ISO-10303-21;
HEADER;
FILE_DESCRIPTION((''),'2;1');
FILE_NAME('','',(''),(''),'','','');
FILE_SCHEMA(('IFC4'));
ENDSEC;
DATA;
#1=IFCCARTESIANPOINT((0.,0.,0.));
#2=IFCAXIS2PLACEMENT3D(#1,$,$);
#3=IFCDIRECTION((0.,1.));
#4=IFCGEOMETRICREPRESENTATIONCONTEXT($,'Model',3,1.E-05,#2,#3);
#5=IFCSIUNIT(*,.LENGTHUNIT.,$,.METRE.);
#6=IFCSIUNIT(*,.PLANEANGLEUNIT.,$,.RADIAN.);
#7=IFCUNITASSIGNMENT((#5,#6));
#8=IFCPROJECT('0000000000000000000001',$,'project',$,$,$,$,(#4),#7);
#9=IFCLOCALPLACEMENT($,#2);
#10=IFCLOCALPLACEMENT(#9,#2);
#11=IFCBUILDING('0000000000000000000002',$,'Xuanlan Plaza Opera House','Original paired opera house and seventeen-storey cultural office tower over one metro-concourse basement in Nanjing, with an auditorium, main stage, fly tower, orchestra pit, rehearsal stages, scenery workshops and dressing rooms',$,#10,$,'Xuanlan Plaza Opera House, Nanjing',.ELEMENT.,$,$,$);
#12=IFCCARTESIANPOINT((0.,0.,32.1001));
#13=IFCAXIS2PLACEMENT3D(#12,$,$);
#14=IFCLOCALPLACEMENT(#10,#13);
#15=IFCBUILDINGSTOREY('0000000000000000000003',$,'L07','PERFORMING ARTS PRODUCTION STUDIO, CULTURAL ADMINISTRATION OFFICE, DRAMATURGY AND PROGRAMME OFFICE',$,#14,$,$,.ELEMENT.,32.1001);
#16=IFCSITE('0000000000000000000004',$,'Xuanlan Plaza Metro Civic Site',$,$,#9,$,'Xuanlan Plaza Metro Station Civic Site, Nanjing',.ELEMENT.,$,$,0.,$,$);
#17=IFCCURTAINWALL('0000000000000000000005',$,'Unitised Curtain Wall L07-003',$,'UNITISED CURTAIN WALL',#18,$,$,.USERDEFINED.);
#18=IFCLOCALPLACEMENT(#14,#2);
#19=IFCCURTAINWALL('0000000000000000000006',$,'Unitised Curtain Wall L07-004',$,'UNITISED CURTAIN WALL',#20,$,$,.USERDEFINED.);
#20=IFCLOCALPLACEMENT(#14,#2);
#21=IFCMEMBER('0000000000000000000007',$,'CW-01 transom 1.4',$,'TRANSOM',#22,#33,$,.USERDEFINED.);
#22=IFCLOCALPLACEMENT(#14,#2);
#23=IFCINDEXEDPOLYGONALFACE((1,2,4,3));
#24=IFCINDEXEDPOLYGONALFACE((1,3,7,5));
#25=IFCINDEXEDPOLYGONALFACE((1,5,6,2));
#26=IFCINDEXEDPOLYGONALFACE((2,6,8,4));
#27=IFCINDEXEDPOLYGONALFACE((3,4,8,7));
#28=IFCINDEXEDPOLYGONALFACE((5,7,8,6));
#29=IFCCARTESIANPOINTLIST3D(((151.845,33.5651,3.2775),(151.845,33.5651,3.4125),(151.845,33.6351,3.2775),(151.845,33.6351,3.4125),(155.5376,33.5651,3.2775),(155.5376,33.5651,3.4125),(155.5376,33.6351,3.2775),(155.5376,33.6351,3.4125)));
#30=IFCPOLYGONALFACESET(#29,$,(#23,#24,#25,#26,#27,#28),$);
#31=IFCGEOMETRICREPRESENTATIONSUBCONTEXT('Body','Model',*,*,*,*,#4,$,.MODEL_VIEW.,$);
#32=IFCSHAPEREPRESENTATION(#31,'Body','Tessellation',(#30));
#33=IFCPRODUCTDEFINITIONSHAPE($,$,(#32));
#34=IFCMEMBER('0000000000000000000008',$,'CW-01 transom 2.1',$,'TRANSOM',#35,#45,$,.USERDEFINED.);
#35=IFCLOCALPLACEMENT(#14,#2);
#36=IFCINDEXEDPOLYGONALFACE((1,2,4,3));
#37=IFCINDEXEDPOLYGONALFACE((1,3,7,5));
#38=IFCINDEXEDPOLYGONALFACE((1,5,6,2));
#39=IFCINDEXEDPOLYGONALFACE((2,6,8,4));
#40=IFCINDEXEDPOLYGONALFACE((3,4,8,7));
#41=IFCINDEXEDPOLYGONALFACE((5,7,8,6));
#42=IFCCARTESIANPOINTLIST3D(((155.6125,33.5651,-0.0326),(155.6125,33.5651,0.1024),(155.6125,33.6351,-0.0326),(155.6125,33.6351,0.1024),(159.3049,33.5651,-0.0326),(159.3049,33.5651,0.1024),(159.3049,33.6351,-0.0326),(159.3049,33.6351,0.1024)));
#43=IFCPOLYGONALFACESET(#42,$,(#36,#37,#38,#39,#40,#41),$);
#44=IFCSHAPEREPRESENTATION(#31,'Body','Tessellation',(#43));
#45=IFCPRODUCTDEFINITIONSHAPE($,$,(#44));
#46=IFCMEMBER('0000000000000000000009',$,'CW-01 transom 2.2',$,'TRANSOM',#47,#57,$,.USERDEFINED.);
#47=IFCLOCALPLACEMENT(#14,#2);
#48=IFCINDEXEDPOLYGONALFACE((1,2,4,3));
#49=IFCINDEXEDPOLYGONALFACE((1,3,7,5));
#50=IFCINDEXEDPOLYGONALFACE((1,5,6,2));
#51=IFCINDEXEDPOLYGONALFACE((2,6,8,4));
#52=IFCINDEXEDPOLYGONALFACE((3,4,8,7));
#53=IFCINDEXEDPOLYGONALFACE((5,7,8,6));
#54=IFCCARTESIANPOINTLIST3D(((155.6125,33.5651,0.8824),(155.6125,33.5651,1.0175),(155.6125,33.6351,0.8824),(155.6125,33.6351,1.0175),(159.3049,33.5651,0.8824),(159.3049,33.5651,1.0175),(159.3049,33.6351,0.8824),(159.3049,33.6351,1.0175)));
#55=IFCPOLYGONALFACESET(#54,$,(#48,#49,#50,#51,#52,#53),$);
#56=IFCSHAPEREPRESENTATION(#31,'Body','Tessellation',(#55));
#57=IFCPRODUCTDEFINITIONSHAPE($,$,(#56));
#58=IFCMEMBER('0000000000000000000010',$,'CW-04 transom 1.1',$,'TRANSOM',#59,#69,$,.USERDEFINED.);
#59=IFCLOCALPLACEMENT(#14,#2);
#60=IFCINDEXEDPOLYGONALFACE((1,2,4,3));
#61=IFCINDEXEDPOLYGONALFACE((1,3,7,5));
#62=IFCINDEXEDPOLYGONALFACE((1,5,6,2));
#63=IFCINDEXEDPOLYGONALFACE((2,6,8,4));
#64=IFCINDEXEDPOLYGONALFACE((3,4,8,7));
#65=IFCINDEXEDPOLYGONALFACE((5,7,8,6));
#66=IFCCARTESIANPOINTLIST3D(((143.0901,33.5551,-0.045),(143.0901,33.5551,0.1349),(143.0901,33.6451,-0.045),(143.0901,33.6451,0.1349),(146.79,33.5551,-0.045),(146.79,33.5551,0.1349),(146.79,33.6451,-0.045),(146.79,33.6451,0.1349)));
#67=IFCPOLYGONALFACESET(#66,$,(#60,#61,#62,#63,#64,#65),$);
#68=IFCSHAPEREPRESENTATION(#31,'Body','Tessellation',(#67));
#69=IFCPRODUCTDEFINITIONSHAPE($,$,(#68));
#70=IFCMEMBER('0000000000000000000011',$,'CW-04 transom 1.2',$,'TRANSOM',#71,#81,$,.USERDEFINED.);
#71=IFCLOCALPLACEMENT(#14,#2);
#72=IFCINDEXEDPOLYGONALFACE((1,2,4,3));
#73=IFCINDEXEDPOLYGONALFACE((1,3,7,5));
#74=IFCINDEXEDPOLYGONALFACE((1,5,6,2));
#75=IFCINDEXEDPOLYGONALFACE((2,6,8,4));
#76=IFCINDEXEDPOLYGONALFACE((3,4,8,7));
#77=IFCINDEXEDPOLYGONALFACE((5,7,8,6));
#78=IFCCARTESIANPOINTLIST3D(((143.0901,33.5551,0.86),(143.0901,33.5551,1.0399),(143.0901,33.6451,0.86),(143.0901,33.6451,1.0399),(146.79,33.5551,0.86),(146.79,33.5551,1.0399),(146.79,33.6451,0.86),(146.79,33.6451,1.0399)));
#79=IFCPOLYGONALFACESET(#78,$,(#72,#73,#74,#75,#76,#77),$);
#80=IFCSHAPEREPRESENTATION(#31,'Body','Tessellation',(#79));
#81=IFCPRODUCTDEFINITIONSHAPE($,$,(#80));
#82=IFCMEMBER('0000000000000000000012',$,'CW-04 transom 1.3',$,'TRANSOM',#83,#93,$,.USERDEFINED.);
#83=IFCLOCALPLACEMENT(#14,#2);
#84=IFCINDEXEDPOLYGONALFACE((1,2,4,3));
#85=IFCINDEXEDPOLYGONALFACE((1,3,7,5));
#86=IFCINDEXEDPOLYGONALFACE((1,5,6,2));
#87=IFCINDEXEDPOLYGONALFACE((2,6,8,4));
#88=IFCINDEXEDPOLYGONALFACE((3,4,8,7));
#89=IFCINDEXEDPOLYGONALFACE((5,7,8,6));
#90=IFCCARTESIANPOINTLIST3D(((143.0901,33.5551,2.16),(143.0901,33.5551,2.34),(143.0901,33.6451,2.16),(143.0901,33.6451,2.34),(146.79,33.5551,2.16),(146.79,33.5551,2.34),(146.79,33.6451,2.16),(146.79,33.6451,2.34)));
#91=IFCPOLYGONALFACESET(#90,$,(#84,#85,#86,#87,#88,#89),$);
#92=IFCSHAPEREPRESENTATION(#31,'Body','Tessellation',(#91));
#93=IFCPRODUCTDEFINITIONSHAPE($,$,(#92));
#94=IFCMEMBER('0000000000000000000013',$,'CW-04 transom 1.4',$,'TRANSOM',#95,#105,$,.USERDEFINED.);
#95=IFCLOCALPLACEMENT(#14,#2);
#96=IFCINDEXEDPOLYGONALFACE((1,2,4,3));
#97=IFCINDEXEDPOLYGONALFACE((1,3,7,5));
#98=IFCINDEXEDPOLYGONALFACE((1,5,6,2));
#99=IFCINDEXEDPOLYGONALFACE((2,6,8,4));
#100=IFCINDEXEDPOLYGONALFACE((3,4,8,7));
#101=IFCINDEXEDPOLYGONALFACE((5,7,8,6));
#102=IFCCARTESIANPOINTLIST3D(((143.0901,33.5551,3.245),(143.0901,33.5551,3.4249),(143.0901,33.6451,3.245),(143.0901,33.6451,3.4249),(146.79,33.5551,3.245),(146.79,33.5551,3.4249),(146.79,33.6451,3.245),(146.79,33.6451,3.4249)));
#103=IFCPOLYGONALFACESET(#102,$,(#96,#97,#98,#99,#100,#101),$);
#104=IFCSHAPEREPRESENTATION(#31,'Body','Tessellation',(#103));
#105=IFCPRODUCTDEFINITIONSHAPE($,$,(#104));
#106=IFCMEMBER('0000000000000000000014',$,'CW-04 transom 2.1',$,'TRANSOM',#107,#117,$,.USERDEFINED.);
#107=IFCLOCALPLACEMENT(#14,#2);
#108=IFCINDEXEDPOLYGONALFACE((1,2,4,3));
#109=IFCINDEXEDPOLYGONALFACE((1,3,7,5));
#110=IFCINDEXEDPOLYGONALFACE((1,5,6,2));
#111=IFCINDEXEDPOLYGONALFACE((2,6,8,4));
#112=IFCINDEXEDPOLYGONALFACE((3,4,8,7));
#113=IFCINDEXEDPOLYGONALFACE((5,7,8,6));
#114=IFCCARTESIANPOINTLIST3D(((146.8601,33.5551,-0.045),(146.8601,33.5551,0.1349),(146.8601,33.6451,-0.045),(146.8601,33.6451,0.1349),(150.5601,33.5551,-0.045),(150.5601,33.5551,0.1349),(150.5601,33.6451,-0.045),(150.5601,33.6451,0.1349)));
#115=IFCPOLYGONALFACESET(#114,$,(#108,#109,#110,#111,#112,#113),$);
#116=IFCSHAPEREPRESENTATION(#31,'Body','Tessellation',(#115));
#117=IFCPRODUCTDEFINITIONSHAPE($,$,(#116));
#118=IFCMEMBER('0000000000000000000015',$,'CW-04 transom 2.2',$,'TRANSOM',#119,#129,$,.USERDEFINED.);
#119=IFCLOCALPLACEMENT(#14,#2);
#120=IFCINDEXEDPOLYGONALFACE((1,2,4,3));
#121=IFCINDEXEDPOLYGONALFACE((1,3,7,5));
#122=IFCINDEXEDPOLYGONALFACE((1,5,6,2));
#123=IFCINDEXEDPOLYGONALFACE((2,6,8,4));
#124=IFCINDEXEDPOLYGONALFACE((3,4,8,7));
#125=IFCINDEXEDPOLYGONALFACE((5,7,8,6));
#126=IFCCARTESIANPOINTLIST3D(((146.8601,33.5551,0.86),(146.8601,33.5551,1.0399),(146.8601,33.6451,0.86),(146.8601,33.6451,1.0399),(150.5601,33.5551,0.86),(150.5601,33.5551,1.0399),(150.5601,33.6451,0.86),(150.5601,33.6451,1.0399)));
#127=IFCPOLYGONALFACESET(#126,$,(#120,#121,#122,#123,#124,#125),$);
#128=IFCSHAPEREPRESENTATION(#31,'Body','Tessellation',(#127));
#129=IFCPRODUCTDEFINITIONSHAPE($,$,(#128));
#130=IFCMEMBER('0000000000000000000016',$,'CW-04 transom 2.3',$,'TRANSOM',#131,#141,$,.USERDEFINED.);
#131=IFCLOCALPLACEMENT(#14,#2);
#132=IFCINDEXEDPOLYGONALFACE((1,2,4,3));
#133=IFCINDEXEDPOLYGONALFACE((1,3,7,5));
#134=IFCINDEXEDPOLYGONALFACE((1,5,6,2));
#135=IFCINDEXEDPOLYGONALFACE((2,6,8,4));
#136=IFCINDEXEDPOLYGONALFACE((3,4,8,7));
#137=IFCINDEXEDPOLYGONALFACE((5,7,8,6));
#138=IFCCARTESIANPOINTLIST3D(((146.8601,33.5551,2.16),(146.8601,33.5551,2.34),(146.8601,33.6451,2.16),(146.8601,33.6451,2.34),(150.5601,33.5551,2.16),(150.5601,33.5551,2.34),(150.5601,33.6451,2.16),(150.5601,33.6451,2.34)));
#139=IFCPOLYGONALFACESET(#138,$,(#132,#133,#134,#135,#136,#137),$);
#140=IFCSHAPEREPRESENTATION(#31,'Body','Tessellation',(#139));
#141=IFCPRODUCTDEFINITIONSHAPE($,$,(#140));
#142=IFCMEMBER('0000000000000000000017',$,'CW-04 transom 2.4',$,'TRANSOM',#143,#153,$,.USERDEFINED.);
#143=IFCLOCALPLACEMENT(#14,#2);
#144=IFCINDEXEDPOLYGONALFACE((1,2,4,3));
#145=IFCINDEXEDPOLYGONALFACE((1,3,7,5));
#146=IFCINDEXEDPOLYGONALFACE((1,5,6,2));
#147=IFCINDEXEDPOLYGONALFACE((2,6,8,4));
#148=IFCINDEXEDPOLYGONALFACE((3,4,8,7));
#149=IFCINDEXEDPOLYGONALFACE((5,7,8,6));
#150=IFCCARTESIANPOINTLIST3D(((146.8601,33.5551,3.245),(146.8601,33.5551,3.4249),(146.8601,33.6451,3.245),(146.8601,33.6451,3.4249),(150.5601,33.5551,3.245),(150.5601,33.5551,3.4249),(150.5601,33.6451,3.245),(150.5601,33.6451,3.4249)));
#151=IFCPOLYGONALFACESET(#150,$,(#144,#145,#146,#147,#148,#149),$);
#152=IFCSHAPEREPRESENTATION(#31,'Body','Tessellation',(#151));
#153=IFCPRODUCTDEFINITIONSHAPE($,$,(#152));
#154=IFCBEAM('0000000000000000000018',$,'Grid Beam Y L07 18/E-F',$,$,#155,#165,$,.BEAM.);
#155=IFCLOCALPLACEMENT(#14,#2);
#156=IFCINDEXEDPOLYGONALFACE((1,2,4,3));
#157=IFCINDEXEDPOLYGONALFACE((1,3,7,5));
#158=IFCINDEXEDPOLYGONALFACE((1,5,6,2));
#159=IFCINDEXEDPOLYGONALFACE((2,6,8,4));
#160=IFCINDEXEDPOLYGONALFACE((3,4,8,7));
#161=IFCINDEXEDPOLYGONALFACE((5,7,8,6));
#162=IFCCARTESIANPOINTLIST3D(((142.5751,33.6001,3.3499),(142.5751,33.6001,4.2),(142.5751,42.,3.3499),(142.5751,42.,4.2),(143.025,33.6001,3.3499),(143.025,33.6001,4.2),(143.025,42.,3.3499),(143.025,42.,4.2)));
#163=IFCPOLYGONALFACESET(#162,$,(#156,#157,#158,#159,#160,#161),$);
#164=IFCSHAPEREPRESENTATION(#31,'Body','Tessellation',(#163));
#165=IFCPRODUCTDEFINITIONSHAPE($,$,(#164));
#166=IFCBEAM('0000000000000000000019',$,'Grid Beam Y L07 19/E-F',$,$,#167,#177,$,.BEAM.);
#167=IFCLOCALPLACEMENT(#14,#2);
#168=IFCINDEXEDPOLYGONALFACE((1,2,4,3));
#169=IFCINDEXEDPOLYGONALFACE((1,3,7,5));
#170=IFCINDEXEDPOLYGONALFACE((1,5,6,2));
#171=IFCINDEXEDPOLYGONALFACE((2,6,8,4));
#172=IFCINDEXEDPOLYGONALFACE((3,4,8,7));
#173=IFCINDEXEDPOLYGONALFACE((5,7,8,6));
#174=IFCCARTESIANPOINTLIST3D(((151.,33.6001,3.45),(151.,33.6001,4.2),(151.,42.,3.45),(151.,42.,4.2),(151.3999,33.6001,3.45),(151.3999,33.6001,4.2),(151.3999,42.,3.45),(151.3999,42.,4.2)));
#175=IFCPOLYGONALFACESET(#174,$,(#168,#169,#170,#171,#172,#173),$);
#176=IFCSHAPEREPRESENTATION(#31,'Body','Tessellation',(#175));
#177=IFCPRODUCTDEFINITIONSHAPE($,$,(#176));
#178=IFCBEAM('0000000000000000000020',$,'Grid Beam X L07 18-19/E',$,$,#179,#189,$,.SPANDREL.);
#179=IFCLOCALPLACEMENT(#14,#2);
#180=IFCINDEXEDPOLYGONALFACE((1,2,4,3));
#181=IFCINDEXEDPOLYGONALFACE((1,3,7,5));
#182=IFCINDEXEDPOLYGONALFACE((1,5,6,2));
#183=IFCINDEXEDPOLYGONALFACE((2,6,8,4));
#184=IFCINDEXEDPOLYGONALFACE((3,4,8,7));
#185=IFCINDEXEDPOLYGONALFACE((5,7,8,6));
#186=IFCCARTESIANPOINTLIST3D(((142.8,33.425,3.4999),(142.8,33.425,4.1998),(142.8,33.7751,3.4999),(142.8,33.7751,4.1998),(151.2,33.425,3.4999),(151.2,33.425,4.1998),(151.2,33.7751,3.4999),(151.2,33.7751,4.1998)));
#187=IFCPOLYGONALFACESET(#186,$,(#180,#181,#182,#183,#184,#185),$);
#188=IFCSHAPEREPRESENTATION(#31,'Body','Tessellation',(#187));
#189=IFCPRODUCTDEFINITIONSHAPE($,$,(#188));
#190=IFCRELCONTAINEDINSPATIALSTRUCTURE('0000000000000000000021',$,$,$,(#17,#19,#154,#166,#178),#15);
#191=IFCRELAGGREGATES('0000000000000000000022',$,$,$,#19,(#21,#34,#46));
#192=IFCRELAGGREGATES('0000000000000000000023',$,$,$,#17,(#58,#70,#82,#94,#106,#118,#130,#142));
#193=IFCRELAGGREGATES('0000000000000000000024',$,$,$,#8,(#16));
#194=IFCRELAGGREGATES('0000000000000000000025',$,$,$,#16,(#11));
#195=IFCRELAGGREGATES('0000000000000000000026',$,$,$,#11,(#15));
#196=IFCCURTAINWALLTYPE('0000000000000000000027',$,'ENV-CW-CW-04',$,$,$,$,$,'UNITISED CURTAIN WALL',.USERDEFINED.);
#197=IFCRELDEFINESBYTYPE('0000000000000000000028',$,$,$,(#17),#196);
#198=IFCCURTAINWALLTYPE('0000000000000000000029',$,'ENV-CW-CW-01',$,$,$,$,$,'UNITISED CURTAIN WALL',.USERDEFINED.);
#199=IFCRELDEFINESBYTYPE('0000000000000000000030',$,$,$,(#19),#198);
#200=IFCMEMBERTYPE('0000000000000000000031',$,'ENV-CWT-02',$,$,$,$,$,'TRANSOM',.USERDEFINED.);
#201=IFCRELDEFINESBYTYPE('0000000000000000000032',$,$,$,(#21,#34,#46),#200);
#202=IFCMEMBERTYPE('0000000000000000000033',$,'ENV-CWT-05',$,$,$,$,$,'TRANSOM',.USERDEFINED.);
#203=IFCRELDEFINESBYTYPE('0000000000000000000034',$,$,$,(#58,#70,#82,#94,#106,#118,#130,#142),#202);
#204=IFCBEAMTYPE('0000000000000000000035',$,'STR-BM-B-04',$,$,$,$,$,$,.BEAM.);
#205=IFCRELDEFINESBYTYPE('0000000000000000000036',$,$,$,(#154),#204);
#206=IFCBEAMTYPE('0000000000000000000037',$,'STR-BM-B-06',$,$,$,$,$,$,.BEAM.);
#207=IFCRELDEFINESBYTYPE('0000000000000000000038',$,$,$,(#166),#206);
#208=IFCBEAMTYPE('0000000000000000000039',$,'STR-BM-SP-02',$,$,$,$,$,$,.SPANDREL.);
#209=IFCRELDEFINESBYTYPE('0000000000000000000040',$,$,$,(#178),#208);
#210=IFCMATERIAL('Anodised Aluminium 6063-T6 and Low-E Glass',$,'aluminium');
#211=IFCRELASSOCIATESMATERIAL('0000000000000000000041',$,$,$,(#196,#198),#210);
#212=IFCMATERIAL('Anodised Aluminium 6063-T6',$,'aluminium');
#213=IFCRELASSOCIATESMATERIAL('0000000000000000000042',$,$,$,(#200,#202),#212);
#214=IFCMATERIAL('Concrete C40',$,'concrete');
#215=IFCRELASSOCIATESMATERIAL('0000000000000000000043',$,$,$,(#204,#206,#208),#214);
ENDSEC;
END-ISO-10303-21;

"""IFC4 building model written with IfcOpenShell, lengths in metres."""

from ifc_helpers import new_model, si_unit, direction, frame, origin, origin_2d, place, context, subcontext, project, spatial, rectangle, extrude, material, material_profile, profile_set, type_object, element, aggregate, save


model = new_model("IFC4")

# Units and contexts
model_context = context("Model", 3, precision=1e-05, world=origin(), true_north=direction((0.0, 1.0)))
body_context = subcontext(model_context, "Body", "Model", "MODEL_VIEW")
ifc_project = project(units=[si_unit("LENGTHUNIT", "METRE"), si_unit("PLANEANGLEUNIT", "RADIAN")], contexts=[model_context])

# Site, building, storey
site_placement = place(None, origin())
site = spatial("IfcSite", under=ifc_project, at=site_placement, Name="Xuanlan Plaza Metro Civic Site", LongName="Xuanlan Plaza Metro Station Civic Site, Nanjing", CompositionType="ELEMENT", RefElevation=0.0)
building_placement = place(site_placement, origin())
building = spatial("IfcBuilding", under=site, at=building_placement, Name="Xuanlan Plaza Opera House", Description="Original paired opera house and seventeen-storey cultural office tower over one metro-concourse basement in Nanjing, with an auditorium, main stage, fly tower, orchestra pit, rehearsal stages, scenery workshops and dressing rooms", LongName="Xuanlan Plaza Opera House, Nanjing", CompositionType="ELEMENT")
storey_placement = place(building_placement, frame((0.0, 0.0, 32.1001)))
storey = spatial("IfcBuildingStorey", under=building, at=storey_placement, Name="L07", Description="PERFORMING ARTS PRODUCTION STUDIO, CULTURAL ADMINISTRATION OFFICE, DRAMATURGY AND PROGRAMME OFFICE", CompositionType="ELEMENT", Elevation=32.1001)

# Shared definitions
ifc_material_1 = material(Name="Anodised Aluminium 6063-T6 and Low-E Glass", Category="aluminium")
ifc_material_2 = material(Name="Anodised Aluminium 6063-T6", Category="aluminium")

# Curtain walls, members
curtain_wall_type_1 = type_object("IfcCurtainWallType", Name="ENV-CW-CW-04", ElementType="UNITISED CURTAIN WALL", PredefinedType="USERDEFINED", material=ifc_material_1)
curtain_wall_1_placement = place(storey_placement, origin())
curtain_wall_1 = element("IfcCurtainWall", 1, at=curtain_wall_1_placement, inside=storey, type_object=curtain_wall_type_1, Name="Unitised Curtain Wall L07-003", ObjectType="UNITISED CURTAIN WALL", PredefinedType="USERDEFINED")
curtain_wall_type_2 = type_object("IfcCurtainWallType", Name="ENV-CW-CW-01", ElementType="UNITISED CURTAIN WALL", PredefinedType="USERDEFINED", material=ifc_material_1)
curtain_wall_2_placement = place(storey_placement, origin())
curtain_wall_2 = element("IfcCurtainWall", 2, at=curtain_wall_2_placement, inside=storey, type_object=curtain_wall_type_2, Name="Unitised Curtain Wall L07-004", ObjectType="UNITISED CURTAIN WALL", PredefinedType="USERDEFINED")
ifc_material_profile_1 = material_profile(ifc_material_2, rectangle(XDim=0.0701, YDim=0.135, at=origin_2d()), Name="ALU-T 70x135")
ifc_profile_set_1 = profile_set([ifc_material_profile_1], Name="Anodised Aluminium 6063-T6")
member_type_1 = type_object("IfcMemberType", Name="ENV-CWT-02", ElementType="TRANSOM", PredefinedType="USERDEFINED", material=ifc_profile_set_1)
member_1_placement = place(storey_placement, frame((151.845, 33.6001, 3.345), z_axis=(1.0, 0.0, 0.0), x_axis=(0.0, 1.0, 0.0)))
member_1 = element("IfcMember", 3, at=member_1_placement, type_object=member_type_1, Name="CW-01 transom 1.4", ObjectType="TRANSOM", PredefinedType="USERDEFINED", context=body_context, shape_type="SweptSolid", body=[
    extrude(rectangle(XDim=0.0701, YDim=0.135, at=origin_2d()), origin(), (0.0, 0.0, 1.0), 3.6926),
])
member_2_placement = place(storey_placement, frame((155.6125, 33.6001, 0.0349), z_axis=(1.0, 0.0, 0.0), x_axis=(0.0, 1.0, 0.0)))
member_2 = element("IfcMember", 4, at=member_2_placement, type_object=member_type_1, Name="CW-01 transom 2.1", ObjectType="TRANSOM", PredefinedType="USERDEFINED", context=body_context, shape_type="SweptSolid", body=[
    extrude(rectangle(XDim=0.0701, YDim=0.135, at=origin_2d()), origin(), (0.0, 0.0, 1.0), 3.6924),
])
member_3_placement = place(storey_placement, frame((155.6125, 33.6001, 0.95), z_axis=(1.0, 0.0, 0.0), x_axis=(0.0, 1.0, 0.0)))
member_3 = element("IfcMember", 5, at=member_3_placement, type_object=member_type_1, Name="CW-01 transom 2.2", ObjectType="TRANSOM", PredefinedType="USERDEFINED", context=body_context, shape_type="SweptSolid", body=[
    extrude(rectangle(XDim=0.0701, YDim=0.135, at=origin_2d()), origin(), (0.0, 0.0, 1.0), 3.6924),
])

# Members
ifc_material_profile_2 = material_profile(ifc_material_2, rectangle(XDim=0.0901, YDim=0.1799, at=origin_2d()), Name="ALU-T 90x180")
ifc_profile_set_2 = profile_set([ifc_material_profile_2], Name="Anodised Aluminium 6063-T6")
member_type_2 = type_object("IfcMemberType", Name="ENV-CWT-05", ElementType="TRANSOM", PredefinedType="USERDEFINED", material=ifc_profile_set_2)
member_4_placement = place(storey_placement, frame((143.0901, 33.6001, 0.0449), z_axis=(1.0, 0.0, 0.0), x_axis=(0.0, 1.0, 0.0)))
member_4 = element("IfcMember", 6, at=member_4_placement, type_object=member_type_2, Name="CW-04 transom 1.1", ObjectType="TRANSOM", PredefinedType="USERDEFINED", context=body_context, shape_type="SweptSolid", body=[
    extrude(rectangle(XDim=0.0901, YDim=0.1799, at=origin_2d()), origin(), (0.0, 0.0, 1.0), 3.7),
])
member_5_placement = place(storey_placement, frame((143.0901, 33.6001, 0.95), z_axis=(1.0, 0.0, 0.0), x_axis=(0.0, 1.0, 0.0)))
member_5 = element("IfcMember", 7, at=member_5_placement, type_object=member_type_2, Name="CW-04 transom 1.2", ObjectType="TRANSOM", PredefinedType="USERDEFINED", context=body_context, shape_type="SweptSolid", body=[
    extrude(rectangle(XDim=0.0901, YDim=0.1799, at=origin_2d()), origin(), (0.0, 0.0, 1.0), 3.7),
])
member_6_placement = place(storey_placement, frame((143.0901, 33.6001, 2.25), z_axis=(1.0, 0.0, 0.0), x_axis=(0.0, 1.0, 0.0)))
member_6 = element("IfcMember", 8, at=member_6_placement, type_object=member_type_2, Name="CW-04 transom 1.3", ObjectType="TRANSOM", PredefinedType="USERDEFINED", context=body_context, shape_type="SweptSolid", body=[
    extrude(rectangle(XDim=0.0901, YDim=0.1799, at=origin_2d()), origin(), (0.0, 0.0, 1.0), 3.7),
])
member_7_placement = place(storey_placement, frame((143.0901, 33.6001, 3.335), z_axis=(1.0, 0.0, 0.0), x_axis=(0.0, 1.0, 0.0)))
member_7 = element("IfcMember", 9, at=member_7_placement, type_object=member_type_2, Name="CW-04 transom 1.4", ObjectType="TRANSOM", PredefinedType="USERDEFINED", context=body_context, shape_type="SweptSolid", body=[
    extrude(rectangle(XDim=0.0901, YDim=0.1799, at=origin_2d()), origin(), (0.0, 0.0, 1.0), 3.7),
])
member_8_placement = place(storey_placement, frame((146.8601, 33.6001, 0.0449), z_axis=(1.0, 0.0, 0.0), x_axis=(0.0, 1.0, 0.0)))
member_8 = element("IfcMember", 10, at=member_8_placement, type_object=member_type_2, Name="CW-04 transom 2.1", ObjectType="TRANSOM", PredefinedType="USERDEFINED", context=body_context, shape_type="SweptSolid", body=[
    extrude(rectangle(XDim=0.0901, YDim=0.1799, at=origin_2d()), origin(), (0.0, 0.0, 1.0), 3.7),
])
member_9_placement = place(storey_placement, frame((146.8601, 33.6001, 0.95), z_axis=(1.0, 0.0, 0.0), x_axis=(0.0, 1.0, 0.0)))
member_9 = element("IfcMember", 11, at=member_9_placement, type_object=member_type_2, Name="CW-04 transom 2.2", ObjectType="TRANSOM", PredefinedType="USERDEFINED", context=body_context, shape_type="SweptSolid", body=[
    extrude(rectangle(XDim=0.0901, YDim=0.1799, at=origin_2d()), origin(), (0.0, 0.0, 1.0), 3.7),
])
member_10_placement = place(storey_placement, frame((146.8601, 33.6001, 2.25), z_axis=(1.0, 0.0, 0.0), x_axis=(0.0, 1.0, 0.0)))
member_10 = element("IfcMember", 12, at=member_10_placement, type_object=member_type_2, Name="CW-04 transom 2.3", ObjectType="TRANSOM", PredefinedType="USERDEFINED", context=body_context, shape_type="SweptSolid", body=[
    extrude(rectangle(XDim=0.0901, YDim=0.1799, at=origin_2d()), origin(), (0.0, 0.0, 1.0), 3.7),
])
member_11_placement = place(storey_placement, frame((146.8601, 33.6001, 3.335), z_axis=(1.0, 0.0, 0.0), x_axis=(0.0, 1.0, 0.0)))
member_11 = element("IfcMember", 13, at=member_11_placement, type_object=member_type_2, Name="CW-04 transom 2.4", ObjectType="TRANSOM", PredefinedType="USERDEFINED", context=body_context, shape_type="SweptSolid", body=[
    extrude(rectangle(XDim=0.0901, YDim=0.1799, at=origin_2d()), origin(), (0.0, 0.0, 1.0), 3.7),
])

# Beams
ifc_material_3 = material(Name="Concrete C40", Category="concrete")
ifc_material_profile_3 = material_profile(ifc_material_3, rectangle(XDim=0.45, YDim=0.8501, at=origin_2d()), Name="RC-BM 450x850")
ifc_profile_set_3 = profile_set([ifc_material_profile_3], Name="Concrete C40")
beam_type_1 = type_object("IfcBeamType", Name="STR-BM-B-04", PredefinedType="BEAM", material=ifc_profile_set_3)
beam_1_placement = place(storey_placement, frame((142.8, 33.6001, 3.7749), z_axis=(0.0, 1.0, 0.0), x_axis=(-1.0, 0.0, 0.0)))
element("IfcBeam", 14, at=beam_1_placement, inside=storey, type_object=beam_type_1, Name="Grid Beam Y L07 18/E-F", PredefinedType="BEAM", context=body_context, shape_type="SweptSolid", body=[
    extrude(rectangle(XDim=0.45, YDim=0.8501, at=origin_2d()), origin(), (0.0, 0.0, 1.0), 8.3999),
])
ifc_material_profile_4 = material_profile(ifc_material_3, rectangle(XDim=0.3999, YDim=0.75, at=origin_2d()), Name="RC-BM 400x750")
ifc_profile_set_4 = profile_set([ifc_material_profile_4], Name="Concrete C40")
beam_type_2 = type_object("IfcBeamType", Name="STR-BM-B-06", PredefinedType="BEAM", material=ifc_profile_set_4)
beam_2_placement = place(storey_placement, frame((151.2, 33.6001, 3.825), z_axis=(0.0, 1.0, 0.0), x_axis=(-1.0, 0.0, 0.0)))
element("IfcBeam", 15, at=beam_2_placement, inside=storey, type_object=beam_type_2, Name="Grid Beam Y L07 19/E-F", PredefinedType="BEAM", context=body_context, shape_type="SweptSolid", body=[
    extrude(rectangle(XDim=0.3999, YDim=0.75, at=origin_2d()), origin(), (0.0, 0.0, 1.0), 8.3999),
])
ifc_material_profile_5 = material_profile(ifc_material_3, rectangle(XDim=0.3501, YDim=0.7, at=origin_2d()), Name="RC-SPD 350x700")
ifc_profile_set_5 = profile_set([ifc_material_profile_5], Name="Concrete C40")
beam_type_3 = type_object("IfcBeamType", Name="STR-BM-SP-02", PredefinedType="SPANDREL", material=ifc_profile_set_5)
beam_3_placement = place(storey_placement, frame((142.8, 33.6001, 3.8499), z_axis=(1.0, 0.0, 0.0), x_axis=(0.0, 1.0, 0.0)))
element("IfcBeam", 16, at=beam_3_placement, inside=storey, type_object=beam_type_3, Name="Grid Beam X L07 18-19/E", PredefinedType="SPANDREL", context=body_context, shape_type="SweptSolid", body=[
    extrude(rectangle(XDim=0.3501, YDim=0.7, at=origin_2d()), origin(), (0.0, 0.0, 1.0), 8.3999),
])

aggregate(curtain_wall_2, [member_1, member_2, member_3])
aggregate(curtain_wall_1, [member_4, member_5, member_6, member_7, member_8, member_9, member_10, member_11])

save(model, "model.ifc")
